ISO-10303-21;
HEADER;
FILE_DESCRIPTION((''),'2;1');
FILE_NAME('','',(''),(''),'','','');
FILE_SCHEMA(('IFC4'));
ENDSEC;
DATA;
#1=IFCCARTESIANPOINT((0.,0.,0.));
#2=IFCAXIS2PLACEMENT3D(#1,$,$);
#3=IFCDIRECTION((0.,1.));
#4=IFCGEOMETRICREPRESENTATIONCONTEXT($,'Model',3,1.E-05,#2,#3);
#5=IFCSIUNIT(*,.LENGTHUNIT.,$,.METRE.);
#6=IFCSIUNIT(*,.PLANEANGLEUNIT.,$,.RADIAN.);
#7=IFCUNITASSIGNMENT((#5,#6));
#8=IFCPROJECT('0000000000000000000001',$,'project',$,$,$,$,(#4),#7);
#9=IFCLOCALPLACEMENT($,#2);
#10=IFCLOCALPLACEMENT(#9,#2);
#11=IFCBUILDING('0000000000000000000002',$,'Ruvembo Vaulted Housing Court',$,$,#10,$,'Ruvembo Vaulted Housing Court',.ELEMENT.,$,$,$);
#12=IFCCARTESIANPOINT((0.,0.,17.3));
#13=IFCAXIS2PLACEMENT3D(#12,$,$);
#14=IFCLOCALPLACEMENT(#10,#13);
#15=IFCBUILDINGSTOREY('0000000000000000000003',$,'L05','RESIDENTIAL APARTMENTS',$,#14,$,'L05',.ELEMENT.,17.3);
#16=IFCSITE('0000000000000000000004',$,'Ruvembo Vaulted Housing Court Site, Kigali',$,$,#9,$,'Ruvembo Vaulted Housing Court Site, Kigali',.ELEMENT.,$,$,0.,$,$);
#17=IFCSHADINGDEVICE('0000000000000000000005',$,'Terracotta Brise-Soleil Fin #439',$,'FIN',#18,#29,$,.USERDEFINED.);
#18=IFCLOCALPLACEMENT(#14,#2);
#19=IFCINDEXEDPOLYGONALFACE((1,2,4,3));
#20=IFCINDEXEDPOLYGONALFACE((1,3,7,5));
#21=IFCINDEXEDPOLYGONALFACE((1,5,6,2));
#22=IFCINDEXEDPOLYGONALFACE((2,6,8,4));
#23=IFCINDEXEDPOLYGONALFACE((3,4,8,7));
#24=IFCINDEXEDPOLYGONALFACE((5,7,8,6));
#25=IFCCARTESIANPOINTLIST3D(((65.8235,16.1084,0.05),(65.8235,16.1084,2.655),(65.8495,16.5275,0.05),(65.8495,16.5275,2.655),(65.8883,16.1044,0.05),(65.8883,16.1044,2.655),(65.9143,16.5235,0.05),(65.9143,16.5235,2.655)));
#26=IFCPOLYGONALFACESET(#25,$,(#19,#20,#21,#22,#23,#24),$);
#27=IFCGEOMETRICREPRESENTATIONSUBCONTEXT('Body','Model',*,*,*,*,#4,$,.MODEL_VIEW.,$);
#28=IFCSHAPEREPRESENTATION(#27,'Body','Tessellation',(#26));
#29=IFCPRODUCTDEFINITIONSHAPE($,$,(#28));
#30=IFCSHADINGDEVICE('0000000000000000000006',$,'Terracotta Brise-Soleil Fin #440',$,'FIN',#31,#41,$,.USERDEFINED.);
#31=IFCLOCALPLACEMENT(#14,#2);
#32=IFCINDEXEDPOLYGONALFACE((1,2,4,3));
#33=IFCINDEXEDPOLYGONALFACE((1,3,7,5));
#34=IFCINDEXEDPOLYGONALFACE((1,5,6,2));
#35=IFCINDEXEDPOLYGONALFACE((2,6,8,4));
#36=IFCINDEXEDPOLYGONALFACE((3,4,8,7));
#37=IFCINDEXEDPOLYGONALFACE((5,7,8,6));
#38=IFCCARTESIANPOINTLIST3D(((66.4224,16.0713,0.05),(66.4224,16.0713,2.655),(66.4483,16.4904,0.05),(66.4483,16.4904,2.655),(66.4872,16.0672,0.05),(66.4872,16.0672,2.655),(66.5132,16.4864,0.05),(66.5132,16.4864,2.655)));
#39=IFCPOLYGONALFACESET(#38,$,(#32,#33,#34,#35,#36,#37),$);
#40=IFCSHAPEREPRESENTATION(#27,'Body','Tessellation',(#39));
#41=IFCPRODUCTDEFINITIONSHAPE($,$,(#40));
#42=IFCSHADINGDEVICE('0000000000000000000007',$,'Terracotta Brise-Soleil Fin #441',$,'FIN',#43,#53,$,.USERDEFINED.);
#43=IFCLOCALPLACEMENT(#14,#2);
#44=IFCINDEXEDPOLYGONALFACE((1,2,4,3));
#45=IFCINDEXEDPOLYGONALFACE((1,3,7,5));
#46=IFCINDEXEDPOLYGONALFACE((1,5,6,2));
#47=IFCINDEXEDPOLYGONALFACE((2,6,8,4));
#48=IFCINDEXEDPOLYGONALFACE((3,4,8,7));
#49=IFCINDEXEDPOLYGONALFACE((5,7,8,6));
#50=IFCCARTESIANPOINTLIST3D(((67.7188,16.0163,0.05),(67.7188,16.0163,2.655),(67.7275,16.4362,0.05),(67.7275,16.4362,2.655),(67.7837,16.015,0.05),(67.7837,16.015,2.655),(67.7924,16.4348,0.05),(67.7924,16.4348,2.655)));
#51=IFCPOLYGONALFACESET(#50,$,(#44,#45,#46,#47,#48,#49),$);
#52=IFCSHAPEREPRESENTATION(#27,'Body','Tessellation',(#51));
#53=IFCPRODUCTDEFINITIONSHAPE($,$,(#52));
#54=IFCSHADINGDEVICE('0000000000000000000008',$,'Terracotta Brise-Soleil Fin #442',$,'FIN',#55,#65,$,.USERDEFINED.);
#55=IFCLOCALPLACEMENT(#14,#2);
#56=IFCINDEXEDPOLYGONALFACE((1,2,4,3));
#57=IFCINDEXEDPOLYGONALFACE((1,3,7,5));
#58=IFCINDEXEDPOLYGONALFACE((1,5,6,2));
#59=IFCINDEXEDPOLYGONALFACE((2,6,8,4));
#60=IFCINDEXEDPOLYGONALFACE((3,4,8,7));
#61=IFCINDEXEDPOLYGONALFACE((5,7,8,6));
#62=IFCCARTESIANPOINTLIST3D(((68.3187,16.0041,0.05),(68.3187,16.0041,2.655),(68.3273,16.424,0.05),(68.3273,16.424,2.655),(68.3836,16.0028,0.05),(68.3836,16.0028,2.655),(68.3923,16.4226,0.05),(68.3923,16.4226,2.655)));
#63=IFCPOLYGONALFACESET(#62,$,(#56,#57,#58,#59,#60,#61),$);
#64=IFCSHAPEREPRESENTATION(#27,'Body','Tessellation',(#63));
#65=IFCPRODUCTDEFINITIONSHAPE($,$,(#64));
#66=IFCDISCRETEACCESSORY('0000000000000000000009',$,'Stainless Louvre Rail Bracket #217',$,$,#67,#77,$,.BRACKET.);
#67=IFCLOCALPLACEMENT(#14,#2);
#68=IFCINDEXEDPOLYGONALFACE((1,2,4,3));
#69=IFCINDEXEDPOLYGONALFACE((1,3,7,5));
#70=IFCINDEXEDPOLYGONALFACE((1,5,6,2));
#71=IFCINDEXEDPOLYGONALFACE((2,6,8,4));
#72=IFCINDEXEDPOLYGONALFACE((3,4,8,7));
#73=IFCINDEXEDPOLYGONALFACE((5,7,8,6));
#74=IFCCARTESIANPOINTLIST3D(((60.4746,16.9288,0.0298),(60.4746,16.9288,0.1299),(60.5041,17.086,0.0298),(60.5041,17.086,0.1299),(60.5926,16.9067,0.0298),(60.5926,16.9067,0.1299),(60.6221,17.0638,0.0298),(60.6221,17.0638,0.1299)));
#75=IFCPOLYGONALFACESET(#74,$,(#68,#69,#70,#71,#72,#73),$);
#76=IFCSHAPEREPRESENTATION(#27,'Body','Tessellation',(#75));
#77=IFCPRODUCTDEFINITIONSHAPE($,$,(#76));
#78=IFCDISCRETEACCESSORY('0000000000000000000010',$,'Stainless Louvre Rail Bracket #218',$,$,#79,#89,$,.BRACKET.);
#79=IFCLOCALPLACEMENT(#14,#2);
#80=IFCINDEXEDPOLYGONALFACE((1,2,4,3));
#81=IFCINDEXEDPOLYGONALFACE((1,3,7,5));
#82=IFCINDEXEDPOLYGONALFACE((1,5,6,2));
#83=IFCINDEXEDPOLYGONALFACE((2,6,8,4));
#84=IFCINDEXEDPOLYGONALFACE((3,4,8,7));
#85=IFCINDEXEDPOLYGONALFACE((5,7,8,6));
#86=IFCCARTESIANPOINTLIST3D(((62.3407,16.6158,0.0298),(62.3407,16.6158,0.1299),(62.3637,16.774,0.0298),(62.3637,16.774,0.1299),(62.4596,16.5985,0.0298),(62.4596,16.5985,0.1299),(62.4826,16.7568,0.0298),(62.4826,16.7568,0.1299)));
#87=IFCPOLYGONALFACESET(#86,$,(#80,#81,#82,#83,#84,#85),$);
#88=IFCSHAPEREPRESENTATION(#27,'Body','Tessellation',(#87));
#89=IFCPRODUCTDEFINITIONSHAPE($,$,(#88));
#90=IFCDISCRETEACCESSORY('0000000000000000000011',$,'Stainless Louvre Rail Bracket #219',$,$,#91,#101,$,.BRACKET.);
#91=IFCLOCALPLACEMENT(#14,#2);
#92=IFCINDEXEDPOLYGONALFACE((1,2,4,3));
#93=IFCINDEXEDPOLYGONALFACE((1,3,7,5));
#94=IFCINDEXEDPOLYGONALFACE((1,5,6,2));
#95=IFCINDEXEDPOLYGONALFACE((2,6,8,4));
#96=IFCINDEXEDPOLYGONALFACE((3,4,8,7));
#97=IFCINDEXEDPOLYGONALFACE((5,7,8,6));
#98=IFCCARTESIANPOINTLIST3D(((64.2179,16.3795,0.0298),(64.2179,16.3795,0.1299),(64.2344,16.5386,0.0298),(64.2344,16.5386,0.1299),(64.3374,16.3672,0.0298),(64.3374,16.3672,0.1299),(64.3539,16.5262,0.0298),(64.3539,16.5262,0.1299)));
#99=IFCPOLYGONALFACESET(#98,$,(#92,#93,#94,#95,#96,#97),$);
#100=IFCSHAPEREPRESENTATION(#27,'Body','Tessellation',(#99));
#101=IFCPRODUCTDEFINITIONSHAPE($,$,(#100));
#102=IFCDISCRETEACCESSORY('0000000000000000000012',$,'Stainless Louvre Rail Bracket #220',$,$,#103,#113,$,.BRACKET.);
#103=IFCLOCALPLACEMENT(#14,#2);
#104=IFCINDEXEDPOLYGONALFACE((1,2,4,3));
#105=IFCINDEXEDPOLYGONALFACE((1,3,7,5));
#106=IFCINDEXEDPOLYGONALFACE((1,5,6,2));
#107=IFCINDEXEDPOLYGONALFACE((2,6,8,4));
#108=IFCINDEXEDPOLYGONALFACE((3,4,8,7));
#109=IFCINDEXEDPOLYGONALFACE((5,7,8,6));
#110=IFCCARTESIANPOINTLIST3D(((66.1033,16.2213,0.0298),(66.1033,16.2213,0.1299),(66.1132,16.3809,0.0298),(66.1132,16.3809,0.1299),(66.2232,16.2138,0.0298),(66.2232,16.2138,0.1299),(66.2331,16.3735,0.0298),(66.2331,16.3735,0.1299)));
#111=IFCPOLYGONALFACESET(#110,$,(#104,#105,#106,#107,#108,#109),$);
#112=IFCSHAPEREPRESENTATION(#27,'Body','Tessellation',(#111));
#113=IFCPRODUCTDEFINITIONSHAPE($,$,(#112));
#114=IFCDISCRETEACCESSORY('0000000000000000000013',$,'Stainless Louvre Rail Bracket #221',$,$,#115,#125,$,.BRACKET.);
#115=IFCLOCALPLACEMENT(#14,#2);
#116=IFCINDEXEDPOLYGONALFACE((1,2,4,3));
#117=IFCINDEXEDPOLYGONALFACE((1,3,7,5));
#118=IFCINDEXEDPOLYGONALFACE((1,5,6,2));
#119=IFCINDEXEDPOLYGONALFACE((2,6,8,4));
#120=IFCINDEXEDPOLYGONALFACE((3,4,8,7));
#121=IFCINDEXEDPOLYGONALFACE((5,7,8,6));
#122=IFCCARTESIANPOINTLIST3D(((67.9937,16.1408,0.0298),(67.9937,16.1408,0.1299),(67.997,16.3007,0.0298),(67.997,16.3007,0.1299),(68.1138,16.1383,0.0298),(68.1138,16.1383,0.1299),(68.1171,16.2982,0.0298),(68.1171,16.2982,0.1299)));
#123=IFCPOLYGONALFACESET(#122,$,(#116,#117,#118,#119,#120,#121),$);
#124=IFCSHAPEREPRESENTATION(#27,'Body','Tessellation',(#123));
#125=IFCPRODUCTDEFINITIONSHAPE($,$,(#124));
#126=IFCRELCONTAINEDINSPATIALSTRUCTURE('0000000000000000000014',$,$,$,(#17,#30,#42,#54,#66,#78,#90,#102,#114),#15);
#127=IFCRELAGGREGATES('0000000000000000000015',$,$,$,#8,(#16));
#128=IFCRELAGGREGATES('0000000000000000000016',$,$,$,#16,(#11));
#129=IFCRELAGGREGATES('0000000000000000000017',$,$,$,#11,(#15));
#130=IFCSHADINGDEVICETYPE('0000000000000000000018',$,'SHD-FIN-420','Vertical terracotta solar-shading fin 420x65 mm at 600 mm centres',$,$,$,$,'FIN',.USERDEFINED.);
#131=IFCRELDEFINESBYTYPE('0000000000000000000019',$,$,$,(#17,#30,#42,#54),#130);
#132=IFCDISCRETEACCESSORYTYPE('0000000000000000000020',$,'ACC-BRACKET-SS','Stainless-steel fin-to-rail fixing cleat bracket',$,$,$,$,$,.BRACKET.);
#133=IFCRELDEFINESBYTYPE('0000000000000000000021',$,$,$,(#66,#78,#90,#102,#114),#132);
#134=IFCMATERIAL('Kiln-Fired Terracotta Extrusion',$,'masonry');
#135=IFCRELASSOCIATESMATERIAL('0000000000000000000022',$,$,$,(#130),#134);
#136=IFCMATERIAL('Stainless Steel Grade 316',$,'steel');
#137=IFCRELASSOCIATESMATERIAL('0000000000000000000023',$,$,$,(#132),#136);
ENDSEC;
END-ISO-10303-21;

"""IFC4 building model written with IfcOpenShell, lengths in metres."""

from ifc_helpers import new_model, si_unit, direction, frame, origin, origin_2d, place, context, subcontext, project, spatial, rectangle, extrude, material, type_object, element, save


model = new_model("IFC4")

# Units and contexts
model_context = context("Model", 3, precision=1e-05, world=origin(), true_north=direction((0.0, 1.0)))
body_context = subcontext(model_context, "Body", "Model", "MODEL_VIEW")
ifc_project = project(units=[si_unit("LENGTHUNIT", "METRE"), si_unit("PLANEANGLEUNIT", "RADIAN")], contexts=[model_context])

# Site, building, storey
site_placement = place(None, origin())
site = spatial("IfcSite", under=ifc_project, at=site_placement, Name="Ruvembo Vaulted Housing Court Site, Kigali", LongName="Ruvembo Vaulted Housing Court Site, Kigali", CompositionType="ELEMENT", RefElevation=0.0)
building_placement = place(site_placement, origin())
building = spatial("IfcBuilding", under=site, at=building_placement, Name="Ruvembo Vaulted Housing Court", LongName="Ruvembo Vaulted Housing Court", CompositionType="ELEMENT")
storey_placement = place(building_placement, frame((0.0, 0.0, 17.3)))
storey = spatial("IfcBuildingStorey", under=building, at=storey_placement, Name="L05", Description="RESIDENTIAL APARTMENTS", LongName="L05", CompositionType="ELEMENT", Elevation=17.3)

# Shading devices
ifc_material_1 = material(Name="Kiln-Fired Terracotta Extrusion", Category="masonry")
shading_device_type = type_object("IfcShadingDeviceType", Name="SHD-FIN-420", Description="Vertical terracotta solar-shading fin 420x65 mm at 600 mm centres", ElementType="FIN", PredefinedType="USERDEFINED", material=ifc_material_1)
for number, where, z_axis, x_axis, name in (
    (1, (65.8689, 16.3159, 0.05), (0.0, 0.0, 1.0), (-0.061832, -0.998087, 0.0), "Terracotta Brise-Soleil Fin #439"),
    (2, (66.4678, 16.2788, 0.05), (0.0, 0.0, 1.0), (-0.061832, -0.998087, 0.0), "Terracotta Brise-Soleil Fin #440"),
    (3, (67.7556, 16.2256, 0.05), (0.0, 0.0, 1.0), (-0.020646, -0.999787, 0.0), "Terracotta Brise-Soleil Fin #441"),
    (4, (68.3555, 16.2134, 0.05), (0.0, 0.0, 1.0), (-0.020646, -0.999787, 0.0), "Terracotta Brise-Soleil Fin #442"),
):
    element("IfcShadingDevice", number, at=place(storey_placement, frame(where, z_axis=z_axis, x_axis=x_axis)), inside=storey, type_object=shading_device_type, Name=name, ObjectType="FIN", PredefinedType="USERDEFINED", context=body_context, shape_type="SweptSolid", body=[
        extrude(rectangle(XDim=0.4199, YDim=0.0649, at=origin_2d()), origin(), (0.0, 0.0, 1.0), 2.605),
    ])

# Discrete accessories
ifc_material_2 = material(Name="Stainless Steel Grade 316", Category="steel")
discrete_accessory_type = type_object("IfcDiscreteAccessoryType", Name="ACC-BRACKET-SS", Description="Stainless-steel fin-to-rail fixing cleat bracket", PredefinedType="BRACKET", material=ifc_material_2)
for number, where, z_axis, x_axis, name in (
    (5, (60.5483, 16.9963, 0.0298), (0.0, 0.0, 1.0), (-0.184569, -0.98282, 0.0), "Stainless Louvre Rail Bracket #217"),
    (6, (62.4116, 16.6863, 0.0298), (0.0, 0.0, 1.0), (-0.143873, -0.989596, 0.0), "Stainless Louvre Rail Bracket #218"),
    (7, (64.2859, 16.4529, 0.0298), (0.0, 0.0, 1.0), (-0.102949, -0.994687, 0.0), "Stainless Louvre Rail Bracket #219"),
    (8, (66.1682, 16.2974, 0.0298), (0.0, 0.0, 1.0), (-0.061832, -0.998087, 0.0), "Stainless Louvre Rail Bracket #220"),
    (9, (68.0554, 16.2195, 0.0298), (0.0, 0.0, 1.0), (-0.020646, -0.999787, 0.0), "Stainless Louvre Rail Bracket #221"),
):
    element("IfcDiscreteAccessory", number, at=place(storey_placement, frame(where, z_axis=z_axis, x_axis=x_axis)), inside=storey, type_object=discrete_accessory_type, Name=name, PredefinedType="BRACKET", context=body_context, shape_type="SweptSolid", body=[
        extrude(rectangle(XDim=0.1599, YDim=0.1201, at=origin_2d()), origin(), (0.0, 0.0, 1.0), 0.1001),
    ])

save(model, "model.ifc")
